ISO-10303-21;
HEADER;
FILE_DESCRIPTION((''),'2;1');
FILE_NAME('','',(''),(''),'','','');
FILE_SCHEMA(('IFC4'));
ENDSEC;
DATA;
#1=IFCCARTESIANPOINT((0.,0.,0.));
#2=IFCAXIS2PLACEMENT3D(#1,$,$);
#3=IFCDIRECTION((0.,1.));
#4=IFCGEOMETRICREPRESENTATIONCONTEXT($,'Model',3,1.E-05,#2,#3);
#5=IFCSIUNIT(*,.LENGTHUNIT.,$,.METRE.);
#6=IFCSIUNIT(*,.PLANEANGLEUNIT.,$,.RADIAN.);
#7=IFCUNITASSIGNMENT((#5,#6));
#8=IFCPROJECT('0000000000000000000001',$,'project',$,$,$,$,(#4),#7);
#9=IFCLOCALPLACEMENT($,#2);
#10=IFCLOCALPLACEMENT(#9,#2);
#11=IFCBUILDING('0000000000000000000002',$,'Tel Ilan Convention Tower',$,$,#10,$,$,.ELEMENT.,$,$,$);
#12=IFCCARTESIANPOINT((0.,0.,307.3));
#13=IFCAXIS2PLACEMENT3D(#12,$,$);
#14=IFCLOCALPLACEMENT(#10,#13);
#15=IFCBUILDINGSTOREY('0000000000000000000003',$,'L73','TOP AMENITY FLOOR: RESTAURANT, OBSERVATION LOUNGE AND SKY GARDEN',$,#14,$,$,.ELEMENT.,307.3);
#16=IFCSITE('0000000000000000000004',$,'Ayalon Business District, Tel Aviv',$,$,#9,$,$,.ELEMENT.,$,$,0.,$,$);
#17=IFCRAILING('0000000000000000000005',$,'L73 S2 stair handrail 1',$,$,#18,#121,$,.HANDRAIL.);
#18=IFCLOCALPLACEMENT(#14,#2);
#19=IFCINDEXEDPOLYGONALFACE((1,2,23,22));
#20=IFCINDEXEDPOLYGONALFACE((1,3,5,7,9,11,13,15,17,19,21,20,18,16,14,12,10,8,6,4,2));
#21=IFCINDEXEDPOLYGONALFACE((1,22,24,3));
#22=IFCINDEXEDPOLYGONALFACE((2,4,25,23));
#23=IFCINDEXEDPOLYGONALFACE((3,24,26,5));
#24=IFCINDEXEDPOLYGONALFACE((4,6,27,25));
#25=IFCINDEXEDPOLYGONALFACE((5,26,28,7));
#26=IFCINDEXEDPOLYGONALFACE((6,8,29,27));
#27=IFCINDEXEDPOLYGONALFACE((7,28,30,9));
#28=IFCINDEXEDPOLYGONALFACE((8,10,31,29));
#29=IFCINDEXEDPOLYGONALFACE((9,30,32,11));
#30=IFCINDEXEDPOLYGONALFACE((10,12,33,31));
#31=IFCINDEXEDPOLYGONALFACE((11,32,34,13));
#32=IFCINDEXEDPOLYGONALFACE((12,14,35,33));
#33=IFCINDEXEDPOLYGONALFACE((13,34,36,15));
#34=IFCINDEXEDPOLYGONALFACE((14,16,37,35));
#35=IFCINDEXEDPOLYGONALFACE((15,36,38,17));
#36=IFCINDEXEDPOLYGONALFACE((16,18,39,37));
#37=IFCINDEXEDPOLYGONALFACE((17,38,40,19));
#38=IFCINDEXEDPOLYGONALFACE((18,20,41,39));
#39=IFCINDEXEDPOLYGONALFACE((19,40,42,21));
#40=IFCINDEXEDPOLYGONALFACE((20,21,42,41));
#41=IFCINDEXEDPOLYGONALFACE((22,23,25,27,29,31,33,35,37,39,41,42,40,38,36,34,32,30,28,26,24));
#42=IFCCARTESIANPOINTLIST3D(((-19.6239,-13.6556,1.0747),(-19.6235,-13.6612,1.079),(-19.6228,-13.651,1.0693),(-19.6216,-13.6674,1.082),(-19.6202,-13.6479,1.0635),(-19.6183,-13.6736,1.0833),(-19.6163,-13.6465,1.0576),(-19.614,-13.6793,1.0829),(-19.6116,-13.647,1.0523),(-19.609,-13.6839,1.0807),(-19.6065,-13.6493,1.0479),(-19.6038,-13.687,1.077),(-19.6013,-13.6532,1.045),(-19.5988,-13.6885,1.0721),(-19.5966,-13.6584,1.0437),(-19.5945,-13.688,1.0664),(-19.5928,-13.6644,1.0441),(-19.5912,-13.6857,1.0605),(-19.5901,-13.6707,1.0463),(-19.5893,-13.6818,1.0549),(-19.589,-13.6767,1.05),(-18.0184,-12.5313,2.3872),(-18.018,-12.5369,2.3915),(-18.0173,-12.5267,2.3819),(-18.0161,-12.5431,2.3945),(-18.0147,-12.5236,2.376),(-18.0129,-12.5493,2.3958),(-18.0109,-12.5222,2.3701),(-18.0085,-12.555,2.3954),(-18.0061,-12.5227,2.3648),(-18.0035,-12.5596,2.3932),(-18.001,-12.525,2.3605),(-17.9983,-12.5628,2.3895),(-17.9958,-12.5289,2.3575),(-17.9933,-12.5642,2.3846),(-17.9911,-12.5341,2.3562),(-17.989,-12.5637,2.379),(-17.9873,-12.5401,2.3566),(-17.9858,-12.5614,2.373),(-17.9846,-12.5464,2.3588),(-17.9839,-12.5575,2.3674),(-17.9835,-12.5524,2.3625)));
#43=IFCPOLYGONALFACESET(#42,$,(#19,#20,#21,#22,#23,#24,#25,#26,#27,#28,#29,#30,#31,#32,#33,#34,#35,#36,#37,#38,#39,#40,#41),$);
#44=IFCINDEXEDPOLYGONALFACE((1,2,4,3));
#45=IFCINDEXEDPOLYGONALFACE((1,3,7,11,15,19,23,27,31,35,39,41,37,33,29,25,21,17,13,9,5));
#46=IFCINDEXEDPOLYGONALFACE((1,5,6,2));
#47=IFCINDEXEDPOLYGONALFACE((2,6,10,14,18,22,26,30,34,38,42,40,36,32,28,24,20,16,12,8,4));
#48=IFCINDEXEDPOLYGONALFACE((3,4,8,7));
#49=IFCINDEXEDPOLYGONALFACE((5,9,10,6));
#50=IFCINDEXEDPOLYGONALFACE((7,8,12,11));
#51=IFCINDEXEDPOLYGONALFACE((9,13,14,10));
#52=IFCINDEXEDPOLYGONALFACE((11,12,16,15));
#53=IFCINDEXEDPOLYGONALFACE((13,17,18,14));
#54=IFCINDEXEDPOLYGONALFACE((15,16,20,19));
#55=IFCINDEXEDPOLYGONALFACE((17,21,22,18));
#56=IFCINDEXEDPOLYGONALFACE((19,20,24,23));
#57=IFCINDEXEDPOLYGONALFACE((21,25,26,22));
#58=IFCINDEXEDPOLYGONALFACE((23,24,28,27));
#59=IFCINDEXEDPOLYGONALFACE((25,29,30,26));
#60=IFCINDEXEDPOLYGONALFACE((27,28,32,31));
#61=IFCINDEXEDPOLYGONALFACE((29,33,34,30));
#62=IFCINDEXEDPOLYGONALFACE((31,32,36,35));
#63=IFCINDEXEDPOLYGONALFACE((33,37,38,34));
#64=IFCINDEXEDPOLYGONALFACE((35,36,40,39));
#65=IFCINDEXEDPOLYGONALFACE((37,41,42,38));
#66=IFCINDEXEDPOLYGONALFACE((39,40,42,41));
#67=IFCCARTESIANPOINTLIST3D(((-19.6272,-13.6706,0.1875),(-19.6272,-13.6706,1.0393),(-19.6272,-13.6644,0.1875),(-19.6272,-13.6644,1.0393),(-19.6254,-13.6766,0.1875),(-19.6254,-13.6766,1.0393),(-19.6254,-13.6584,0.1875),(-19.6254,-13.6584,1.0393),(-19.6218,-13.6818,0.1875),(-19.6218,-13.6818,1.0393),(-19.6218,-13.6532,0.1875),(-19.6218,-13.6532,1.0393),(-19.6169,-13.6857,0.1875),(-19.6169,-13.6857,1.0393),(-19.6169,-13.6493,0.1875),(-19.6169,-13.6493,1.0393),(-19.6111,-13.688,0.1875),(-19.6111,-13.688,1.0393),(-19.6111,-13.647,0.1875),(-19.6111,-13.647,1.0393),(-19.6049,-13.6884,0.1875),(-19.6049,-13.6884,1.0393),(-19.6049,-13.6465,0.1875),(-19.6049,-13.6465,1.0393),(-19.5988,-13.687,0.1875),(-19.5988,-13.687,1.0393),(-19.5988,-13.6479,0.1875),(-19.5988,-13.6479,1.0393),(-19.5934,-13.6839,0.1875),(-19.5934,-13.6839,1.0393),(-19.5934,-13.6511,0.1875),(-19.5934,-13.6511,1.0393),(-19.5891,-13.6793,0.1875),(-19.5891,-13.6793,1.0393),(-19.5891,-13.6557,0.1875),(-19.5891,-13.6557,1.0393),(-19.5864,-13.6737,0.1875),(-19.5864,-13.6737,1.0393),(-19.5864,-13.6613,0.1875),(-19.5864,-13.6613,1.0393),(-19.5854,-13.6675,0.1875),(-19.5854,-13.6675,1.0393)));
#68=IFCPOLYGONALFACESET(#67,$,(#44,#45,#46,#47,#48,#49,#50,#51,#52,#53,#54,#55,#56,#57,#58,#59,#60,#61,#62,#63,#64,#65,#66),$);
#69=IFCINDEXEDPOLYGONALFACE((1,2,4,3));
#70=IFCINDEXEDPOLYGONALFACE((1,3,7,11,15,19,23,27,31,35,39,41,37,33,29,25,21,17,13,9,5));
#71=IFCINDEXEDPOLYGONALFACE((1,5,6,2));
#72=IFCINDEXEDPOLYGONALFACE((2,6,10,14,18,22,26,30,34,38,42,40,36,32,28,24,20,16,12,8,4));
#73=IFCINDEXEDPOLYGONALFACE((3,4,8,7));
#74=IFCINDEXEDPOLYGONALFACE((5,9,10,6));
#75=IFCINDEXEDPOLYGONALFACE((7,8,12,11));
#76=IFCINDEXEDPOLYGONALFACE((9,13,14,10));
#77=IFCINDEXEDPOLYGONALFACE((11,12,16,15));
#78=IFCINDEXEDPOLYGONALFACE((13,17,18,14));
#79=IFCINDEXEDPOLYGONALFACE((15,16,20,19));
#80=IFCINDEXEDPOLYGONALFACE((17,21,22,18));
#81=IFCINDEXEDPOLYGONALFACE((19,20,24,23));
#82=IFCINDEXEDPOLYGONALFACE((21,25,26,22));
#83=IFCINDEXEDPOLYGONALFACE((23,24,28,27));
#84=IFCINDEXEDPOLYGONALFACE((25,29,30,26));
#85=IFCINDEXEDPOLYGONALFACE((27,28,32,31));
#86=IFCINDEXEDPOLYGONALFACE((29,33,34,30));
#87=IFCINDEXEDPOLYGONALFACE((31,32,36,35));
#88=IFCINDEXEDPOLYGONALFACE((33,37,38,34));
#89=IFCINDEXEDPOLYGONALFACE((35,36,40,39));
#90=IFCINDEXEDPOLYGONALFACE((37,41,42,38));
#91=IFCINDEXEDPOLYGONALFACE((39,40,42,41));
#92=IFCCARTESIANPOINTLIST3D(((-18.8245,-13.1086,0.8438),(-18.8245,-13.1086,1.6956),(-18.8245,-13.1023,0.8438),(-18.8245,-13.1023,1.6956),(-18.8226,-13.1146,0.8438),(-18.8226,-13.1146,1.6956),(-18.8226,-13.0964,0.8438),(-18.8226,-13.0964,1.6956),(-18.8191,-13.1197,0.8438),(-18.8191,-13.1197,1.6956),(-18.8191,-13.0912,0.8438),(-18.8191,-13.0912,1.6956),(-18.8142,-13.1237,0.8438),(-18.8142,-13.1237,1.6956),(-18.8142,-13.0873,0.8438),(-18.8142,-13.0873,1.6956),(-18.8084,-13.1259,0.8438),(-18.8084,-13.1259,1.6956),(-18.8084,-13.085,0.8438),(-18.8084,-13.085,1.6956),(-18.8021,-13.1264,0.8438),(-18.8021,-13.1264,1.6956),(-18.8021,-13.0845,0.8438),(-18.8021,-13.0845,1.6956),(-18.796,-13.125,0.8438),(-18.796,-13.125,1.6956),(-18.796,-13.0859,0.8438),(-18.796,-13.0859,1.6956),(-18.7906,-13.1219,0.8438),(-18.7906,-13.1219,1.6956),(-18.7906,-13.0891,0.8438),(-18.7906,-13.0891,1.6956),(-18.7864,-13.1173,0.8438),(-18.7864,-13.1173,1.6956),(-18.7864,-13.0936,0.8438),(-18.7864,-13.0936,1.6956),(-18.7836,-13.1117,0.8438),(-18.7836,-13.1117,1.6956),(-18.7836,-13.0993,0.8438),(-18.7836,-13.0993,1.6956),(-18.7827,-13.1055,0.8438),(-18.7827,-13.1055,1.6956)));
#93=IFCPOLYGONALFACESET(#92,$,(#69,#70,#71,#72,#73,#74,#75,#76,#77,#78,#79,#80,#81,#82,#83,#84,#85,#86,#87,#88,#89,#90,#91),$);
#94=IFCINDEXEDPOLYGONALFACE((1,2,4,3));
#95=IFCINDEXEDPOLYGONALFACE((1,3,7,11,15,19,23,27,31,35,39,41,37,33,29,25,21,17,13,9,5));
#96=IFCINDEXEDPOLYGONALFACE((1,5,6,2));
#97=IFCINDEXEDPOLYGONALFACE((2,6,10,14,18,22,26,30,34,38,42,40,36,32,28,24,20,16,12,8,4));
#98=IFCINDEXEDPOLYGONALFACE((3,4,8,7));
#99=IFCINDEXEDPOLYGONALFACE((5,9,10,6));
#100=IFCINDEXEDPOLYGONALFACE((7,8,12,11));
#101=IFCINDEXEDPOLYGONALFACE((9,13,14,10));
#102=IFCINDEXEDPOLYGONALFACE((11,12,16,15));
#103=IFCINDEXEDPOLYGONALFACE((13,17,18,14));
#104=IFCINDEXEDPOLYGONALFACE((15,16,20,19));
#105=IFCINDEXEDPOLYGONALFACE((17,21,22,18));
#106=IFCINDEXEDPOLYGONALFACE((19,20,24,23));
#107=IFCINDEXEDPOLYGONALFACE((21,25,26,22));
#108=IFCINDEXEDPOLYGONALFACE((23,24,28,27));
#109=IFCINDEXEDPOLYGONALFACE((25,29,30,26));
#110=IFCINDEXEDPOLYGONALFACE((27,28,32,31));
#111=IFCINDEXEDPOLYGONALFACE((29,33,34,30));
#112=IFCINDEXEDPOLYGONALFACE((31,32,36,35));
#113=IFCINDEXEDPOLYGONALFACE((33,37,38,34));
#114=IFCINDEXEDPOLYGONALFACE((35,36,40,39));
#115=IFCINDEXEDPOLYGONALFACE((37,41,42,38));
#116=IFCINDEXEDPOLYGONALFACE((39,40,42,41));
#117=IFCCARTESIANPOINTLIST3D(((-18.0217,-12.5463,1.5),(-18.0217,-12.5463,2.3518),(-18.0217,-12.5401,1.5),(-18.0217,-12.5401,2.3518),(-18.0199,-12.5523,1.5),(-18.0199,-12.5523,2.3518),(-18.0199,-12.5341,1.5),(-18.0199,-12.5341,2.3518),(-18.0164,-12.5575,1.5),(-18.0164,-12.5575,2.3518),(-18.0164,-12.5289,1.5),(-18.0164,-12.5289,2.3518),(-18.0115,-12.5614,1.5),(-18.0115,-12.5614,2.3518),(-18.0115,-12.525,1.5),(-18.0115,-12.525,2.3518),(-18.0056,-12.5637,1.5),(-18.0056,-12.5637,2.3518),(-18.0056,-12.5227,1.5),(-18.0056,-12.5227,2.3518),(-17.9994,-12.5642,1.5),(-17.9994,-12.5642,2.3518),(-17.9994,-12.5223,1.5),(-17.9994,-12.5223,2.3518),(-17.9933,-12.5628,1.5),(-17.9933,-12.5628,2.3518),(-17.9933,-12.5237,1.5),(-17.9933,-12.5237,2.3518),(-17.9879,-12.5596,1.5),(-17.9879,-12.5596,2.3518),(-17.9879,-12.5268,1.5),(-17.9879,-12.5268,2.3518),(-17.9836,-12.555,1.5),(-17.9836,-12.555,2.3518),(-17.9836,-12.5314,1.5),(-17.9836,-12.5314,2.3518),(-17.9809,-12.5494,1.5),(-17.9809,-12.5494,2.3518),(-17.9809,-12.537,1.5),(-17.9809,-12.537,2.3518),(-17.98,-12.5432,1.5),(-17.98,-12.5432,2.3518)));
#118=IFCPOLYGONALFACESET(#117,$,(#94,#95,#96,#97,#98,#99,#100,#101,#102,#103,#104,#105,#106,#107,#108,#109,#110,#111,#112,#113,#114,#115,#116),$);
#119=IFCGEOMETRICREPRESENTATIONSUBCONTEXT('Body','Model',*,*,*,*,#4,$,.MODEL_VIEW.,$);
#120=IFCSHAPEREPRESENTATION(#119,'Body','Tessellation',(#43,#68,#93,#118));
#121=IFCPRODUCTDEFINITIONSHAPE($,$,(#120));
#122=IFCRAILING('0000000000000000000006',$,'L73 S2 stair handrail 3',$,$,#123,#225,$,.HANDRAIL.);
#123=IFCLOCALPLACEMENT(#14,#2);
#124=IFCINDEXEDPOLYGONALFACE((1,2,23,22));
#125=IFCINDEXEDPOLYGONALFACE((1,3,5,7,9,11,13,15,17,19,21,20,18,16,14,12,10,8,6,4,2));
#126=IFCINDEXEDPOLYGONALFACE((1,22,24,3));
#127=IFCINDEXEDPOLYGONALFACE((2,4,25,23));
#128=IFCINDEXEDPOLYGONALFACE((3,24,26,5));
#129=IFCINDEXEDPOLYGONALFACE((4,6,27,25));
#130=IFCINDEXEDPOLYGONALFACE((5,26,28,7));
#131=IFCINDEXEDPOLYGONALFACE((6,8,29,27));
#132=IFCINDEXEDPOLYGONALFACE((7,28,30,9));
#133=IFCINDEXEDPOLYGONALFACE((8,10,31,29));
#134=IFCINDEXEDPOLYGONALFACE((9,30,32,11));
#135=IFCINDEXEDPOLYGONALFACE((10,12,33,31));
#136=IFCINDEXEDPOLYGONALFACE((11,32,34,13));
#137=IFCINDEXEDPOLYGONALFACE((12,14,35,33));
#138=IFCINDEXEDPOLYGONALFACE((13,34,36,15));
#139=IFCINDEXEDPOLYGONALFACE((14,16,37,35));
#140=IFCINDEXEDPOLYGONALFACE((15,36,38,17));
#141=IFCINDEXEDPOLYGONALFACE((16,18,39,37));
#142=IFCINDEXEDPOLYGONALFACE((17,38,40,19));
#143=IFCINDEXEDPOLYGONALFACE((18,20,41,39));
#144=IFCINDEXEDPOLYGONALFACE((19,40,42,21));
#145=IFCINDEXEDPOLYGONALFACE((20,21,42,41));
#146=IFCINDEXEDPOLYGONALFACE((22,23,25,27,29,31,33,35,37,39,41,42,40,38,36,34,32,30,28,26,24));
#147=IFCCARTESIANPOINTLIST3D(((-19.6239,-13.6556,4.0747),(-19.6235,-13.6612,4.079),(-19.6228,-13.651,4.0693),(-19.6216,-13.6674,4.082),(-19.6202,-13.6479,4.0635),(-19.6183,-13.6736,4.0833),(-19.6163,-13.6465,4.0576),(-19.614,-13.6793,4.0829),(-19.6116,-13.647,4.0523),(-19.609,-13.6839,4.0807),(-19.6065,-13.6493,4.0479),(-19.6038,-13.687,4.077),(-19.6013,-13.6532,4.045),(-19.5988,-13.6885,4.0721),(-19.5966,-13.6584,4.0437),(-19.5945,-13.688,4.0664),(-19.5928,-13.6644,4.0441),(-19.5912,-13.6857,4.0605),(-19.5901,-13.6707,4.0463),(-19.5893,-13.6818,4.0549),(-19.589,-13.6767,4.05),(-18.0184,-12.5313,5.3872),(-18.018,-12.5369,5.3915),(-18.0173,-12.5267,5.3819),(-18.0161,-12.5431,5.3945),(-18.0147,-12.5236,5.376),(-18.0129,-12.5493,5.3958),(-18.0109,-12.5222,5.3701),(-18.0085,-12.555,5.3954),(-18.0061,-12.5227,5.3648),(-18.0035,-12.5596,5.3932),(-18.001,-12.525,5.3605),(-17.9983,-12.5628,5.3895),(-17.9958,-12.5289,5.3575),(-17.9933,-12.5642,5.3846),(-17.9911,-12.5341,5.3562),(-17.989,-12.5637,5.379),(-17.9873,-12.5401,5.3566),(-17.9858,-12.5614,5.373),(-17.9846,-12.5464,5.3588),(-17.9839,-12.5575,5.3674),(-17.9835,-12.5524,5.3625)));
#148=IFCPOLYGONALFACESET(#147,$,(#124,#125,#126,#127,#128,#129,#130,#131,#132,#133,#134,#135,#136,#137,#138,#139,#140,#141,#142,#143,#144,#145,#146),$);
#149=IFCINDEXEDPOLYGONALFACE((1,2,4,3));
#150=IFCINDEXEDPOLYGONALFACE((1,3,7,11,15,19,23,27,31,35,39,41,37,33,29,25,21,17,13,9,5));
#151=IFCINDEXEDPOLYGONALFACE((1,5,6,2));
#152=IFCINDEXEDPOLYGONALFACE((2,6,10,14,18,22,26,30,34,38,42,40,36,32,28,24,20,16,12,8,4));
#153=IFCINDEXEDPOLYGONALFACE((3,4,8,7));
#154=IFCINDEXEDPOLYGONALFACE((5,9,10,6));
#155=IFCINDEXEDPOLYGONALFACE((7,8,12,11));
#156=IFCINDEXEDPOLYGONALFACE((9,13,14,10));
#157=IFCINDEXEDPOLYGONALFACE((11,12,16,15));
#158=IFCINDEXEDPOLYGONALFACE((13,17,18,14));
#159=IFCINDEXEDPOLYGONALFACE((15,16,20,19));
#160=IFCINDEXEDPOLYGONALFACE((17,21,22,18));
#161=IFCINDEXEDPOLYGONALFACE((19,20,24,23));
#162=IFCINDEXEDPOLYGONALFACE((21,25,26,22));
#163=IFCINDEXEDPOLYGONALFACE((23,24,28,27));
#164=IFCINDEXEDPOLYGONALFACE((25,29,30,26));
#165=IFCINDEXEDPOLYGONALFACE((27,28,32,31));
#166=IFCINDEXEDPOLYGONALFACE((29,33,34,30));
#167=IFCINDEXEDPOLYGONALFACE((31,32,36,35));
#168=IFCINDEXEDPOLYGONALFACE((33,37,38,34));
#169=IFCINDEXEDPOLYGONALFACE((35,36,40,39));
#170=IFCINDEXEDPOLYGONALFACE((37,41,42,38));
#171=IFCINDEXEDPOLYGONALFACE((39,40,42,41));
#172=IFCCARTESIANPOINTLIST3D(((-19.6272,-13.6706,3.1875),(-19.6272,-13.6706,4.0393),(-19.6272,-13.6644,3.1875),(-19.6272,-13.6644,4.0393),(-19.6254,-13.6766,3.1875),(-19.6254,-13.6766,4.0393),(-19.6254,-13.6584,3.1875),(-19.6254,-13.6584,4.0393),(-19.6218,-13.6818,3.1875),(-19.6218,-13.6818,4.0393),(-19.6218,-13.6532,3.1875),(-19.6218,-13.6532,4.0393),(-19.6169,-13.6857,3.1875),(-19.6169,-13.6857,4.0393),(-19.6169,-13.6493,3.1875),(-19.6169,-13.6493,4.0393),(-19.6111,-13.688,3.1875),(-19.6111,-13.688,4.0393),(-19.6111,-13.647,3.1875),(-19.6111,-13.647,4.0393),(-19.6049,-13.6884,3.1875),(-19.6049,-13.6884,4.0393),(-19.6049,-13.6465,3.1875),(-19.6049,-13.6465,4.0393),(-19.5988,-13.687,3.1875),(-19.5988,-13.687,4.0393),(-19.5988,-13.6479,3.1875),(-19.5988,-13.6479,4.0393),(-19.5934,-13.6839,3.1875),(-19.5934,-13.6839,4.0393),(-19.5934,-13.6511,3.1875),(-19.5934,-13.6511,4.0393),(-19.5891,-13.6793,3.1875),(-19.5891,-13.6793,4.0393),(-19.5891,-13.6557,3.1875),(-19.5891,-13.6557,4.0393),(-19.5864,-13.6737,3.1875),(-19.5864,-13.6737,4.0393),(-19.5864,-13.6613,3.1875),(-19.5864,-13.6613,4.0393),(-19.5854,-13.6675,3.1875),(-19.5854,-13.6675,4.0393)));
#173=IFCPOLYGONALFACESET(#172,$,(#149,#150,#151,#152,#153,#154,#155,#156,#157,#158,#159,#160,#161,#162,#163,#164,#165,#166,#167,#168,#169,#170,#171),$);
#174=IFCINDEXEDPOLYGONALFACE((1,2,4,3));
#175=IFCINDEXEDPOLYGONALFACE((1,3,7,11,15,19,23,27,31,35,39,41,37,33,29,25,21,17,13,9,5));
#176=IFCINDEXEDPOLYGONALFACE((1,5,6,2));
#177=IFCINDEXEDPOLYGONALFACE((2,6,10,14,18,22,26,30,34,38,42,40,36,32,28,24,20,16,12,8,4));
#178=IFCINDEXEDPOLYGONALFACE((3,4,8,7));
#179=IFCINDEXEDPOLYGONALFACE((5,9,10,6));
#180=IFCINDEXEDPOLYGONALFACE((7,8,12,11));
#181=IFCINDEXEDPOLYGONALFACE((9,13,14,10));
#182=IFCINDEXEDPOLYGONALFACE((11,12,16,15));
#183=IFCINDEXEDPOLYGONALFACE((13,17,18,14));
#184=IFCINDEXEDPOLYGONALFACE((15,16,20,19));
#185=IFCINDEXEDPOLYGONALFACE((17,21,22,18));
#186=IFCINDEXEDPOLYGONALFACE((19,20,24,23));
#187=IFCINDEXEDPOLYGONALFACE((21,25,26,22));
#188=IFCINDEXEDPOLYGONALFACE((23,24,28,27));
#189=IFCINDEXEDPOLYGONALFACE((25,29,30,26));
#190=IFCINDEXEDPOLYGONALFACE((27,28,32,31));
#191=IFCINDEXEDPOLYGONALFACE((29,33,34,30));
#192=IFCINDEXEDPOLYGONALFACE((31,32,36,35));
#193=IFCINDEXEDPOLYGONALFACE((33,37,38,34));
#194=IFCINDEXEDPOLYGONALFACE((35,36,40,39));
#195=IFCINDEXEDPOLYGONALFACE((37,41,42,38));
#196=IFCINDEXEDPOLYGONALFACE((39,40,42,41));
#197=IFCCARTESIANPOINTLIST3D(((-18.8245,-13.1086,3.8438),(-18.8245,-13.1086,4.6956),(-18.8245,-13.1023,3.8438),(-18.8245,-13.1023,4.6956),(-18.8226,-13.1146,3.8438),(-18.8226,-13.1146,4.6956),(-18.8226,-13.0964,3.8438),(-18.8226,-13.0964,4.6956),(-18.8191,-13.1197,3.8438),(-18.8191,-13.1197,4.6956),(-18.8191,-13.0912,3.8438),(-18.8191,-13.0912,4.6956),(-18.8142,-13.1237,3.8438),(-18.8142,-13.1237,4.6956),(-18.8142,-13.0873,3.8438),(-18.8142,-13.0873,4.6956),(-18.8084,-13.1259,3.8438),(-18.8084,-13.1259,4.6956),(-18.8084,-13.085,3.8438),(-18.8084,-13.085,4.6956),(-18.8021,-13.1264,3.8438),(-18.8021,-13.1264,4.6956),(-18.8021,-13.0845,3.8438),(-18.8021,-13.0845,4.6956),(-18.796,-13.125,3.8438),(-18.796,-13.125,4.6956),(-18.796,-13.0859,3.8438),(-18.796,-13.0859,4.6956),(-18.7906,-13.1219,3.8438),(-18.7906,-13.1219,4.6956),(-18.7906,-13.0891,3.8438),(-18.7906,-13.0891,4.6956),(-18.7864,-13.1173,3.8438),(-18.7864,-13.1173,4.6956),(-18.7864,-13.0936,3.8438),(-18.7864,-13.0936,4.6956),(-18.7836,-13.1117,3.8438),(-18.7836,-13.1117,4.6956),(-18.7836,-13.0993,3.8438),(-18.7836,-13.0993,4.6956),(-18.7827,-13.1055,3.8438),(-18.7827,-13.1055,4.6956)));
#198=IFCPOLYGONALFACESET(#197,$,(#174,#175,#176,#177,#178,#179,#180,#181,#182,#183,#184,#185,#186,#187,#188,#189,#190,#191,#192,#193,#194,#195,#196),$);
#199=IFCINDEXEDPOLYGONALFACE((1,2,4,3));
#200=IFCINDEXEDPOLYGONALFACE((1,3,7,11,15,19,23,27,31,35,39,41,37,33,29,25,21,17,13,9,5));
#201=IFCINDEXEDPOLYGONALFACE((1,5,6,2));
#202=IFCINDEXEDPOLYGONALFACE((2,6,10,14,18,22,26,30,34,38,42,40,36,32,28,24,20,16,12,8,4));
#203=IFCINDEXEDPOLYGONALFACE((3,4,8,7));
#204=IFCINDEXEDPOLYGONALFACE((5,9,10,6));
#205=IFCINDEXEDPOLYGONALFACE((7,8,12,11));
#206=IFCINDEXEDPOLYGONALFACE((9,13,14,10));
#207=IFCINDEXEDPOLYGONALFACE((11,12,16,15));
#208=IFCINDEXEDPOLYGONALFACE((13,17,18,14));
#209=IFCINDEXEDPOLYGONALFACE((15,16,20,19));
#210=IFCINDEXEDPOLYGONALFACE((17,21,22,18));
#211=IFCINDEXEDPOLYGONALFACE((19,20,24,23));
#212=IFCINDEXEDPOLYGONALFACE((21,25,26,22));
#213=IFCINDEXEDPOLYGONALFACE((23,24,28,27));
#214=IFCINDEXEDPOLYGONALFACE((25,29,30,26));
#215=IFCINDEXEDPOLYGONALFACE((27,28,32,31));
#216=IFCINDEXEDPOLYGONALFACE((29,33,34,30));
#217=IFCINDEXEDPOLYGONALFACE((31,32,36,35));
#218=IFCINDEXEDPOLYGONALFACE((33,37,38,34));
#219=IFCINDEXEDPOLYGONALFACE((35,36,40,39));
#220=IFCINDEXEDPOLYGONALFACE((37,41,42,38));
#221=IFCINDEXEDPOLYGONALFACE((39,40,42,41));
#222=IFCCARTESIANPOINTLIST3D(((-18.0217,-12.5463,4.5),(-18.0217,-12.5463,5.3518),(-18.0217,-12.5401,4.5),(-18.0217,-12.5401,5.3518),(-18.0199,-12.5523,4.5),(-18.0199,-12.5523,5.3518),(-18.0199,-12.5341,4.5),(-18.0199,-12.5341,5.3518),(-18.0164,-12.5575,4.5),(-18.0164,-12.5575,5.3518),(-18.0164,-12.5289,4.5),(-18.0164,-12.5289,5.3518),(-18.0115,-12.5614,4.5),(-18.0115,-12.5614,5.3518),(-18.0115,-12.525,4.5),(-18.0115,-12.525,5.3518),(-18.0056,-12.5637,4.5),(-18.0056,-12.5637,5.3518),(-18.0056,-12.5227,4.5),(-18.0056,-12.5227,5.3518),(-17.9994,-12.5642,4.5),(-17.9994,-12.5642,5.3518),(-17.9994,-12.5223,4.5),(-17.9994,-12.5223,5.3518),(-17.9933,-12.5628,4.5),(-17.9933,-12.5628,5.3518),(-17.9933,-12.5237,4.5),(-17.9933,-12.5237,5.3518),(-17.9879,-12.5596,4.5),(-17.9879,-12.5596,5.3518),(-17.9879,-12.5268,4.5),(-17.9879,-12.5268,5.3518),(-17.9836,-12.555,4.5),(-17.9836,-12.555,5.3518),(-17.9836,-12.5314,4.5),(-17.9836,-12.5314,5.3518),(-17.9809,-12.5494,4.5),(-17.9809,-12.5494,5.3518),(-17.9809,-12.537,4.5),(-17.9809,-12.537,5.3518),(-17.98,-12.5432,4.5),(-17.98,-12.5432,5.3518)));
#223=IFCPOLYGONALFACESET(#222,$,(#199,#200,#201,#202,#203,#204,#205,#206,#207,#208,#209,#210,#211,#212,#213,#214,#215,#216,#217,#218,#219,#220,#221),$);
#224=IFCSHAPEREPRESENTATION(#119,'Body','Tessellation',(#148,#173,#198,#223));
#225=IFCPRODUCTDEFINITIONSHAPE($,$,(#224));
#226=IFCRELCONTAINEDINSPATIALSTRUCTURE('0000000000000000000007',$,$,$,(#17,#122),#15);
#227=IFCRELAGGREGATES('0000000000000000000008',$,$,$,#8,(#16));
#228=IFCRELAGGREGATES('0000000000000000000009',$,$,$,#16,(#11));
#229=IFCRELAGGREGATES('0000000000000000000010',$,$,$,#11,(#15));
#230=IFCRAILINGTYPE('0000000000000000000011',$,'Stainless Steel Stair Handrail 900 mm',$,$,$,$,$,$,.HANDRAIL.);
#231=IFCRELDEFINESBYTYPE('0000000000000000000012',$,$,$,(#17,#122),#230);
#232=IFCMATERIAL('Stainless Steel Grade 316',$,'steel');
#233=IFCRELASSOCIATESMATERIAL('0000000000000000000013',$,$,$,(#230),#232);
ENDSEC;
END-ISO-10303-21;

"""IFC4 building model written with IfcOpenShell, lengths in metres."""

from ifc_helpers import new_model, si_unit, direction, frame, origin, origin_2d, place, context, subcontext, project, spatial, circle, extrude, material, type_object, element, save


model = new_model("IFC4")

# Units and contexts
model_context = context("Model", 3, precision=1e-05, world=origin(), true_north=direction((0.0, 1.0)))
body_context = subcontext(model_context, "Body", "Model", "MODEL_VIEW")
ifc_project = project(units=[si_unit("LENGTHUNIT", "METRE"), si_unit("PLANEANGLEUNIT", "RADIAN")], contexts=[model_context])

# Site, building, storey
site_placement = place(None, origin())
site = spatial("IfcSite", under=ifc_project, at=site_placement, Name="Ayalon Business District, Tel Aviv", CompositionType="ELEMENT", RefElevation=0.0)
building_placement = place(site_placement, origin())
building = spatial("IfcBuilding", under=site, at=building_placement, Name="Tel Ilan Convention Tower", CompositionType="ELEMENT")
storey_placement = place(building_placement, frame((0.0, 0.0, 307.3)))
storey = spatial("IfcBuildingStorey", under=building, at=storey_placement, Name="L73", Description="TOP AMENITY FLOOR: RESTAURANT, OBSERVATION LOUNGE AND SKY GARDEN", CompositionType="ELEMENT", Elevation=307.3)

# Railings
ifc_material_1 = material(Name="Stainless Steel Grade 316", Category="steel")
railing_type = type_object("IfcRailingType", Name="Stainless Steel Stair Handrail 900 mm", PredefinedType="HANDRAIL", material=ifc_material_1)
for number, where, name in (
    (1, (-19.6064, -13.6675, 0.1875), "L73 S2 stair handrail 1"),
    (2, (-19.6064, -13.6675, 3.1875), "L73 S2 stair handrail 3"),
):
    element("IfcRailing", number, at=place(storey_placement, frame(where)), inside=storey, type_object=railing_type, Name=name, PredefinedType="HANDRAIL", context=body_context, shape_type="SweptSolid", body=[
        extrude(circle(Radius=0.0239, at=origin_2d()), frame((0.0, 0.0, 0.876), z_axis=(0.680616, 0.476617, 0.556416), x_axis=(-0.573613, 0.819127, 0.0)), (0.0, 0.0, 1.0), 2.3589),
        extrude(circle(Radius=0.021, at=origin_2d()), origin(), (0.0, 0.0, 1.0), 0.8518),
        extrude(circle(Radius=0.021, at=origin_2d()), frame((0.8027, 0.562, 0.6562)), (0.0, 0.0, 1.0), 0.8518),
        extrude(circle(Radius=0.021, at=origin_2d()), frame((1.6055, 1.1243, 1.3125)), (0.0, 0.0, 1.0), 0.8518),
    ])

save(model, "model.ifc")
